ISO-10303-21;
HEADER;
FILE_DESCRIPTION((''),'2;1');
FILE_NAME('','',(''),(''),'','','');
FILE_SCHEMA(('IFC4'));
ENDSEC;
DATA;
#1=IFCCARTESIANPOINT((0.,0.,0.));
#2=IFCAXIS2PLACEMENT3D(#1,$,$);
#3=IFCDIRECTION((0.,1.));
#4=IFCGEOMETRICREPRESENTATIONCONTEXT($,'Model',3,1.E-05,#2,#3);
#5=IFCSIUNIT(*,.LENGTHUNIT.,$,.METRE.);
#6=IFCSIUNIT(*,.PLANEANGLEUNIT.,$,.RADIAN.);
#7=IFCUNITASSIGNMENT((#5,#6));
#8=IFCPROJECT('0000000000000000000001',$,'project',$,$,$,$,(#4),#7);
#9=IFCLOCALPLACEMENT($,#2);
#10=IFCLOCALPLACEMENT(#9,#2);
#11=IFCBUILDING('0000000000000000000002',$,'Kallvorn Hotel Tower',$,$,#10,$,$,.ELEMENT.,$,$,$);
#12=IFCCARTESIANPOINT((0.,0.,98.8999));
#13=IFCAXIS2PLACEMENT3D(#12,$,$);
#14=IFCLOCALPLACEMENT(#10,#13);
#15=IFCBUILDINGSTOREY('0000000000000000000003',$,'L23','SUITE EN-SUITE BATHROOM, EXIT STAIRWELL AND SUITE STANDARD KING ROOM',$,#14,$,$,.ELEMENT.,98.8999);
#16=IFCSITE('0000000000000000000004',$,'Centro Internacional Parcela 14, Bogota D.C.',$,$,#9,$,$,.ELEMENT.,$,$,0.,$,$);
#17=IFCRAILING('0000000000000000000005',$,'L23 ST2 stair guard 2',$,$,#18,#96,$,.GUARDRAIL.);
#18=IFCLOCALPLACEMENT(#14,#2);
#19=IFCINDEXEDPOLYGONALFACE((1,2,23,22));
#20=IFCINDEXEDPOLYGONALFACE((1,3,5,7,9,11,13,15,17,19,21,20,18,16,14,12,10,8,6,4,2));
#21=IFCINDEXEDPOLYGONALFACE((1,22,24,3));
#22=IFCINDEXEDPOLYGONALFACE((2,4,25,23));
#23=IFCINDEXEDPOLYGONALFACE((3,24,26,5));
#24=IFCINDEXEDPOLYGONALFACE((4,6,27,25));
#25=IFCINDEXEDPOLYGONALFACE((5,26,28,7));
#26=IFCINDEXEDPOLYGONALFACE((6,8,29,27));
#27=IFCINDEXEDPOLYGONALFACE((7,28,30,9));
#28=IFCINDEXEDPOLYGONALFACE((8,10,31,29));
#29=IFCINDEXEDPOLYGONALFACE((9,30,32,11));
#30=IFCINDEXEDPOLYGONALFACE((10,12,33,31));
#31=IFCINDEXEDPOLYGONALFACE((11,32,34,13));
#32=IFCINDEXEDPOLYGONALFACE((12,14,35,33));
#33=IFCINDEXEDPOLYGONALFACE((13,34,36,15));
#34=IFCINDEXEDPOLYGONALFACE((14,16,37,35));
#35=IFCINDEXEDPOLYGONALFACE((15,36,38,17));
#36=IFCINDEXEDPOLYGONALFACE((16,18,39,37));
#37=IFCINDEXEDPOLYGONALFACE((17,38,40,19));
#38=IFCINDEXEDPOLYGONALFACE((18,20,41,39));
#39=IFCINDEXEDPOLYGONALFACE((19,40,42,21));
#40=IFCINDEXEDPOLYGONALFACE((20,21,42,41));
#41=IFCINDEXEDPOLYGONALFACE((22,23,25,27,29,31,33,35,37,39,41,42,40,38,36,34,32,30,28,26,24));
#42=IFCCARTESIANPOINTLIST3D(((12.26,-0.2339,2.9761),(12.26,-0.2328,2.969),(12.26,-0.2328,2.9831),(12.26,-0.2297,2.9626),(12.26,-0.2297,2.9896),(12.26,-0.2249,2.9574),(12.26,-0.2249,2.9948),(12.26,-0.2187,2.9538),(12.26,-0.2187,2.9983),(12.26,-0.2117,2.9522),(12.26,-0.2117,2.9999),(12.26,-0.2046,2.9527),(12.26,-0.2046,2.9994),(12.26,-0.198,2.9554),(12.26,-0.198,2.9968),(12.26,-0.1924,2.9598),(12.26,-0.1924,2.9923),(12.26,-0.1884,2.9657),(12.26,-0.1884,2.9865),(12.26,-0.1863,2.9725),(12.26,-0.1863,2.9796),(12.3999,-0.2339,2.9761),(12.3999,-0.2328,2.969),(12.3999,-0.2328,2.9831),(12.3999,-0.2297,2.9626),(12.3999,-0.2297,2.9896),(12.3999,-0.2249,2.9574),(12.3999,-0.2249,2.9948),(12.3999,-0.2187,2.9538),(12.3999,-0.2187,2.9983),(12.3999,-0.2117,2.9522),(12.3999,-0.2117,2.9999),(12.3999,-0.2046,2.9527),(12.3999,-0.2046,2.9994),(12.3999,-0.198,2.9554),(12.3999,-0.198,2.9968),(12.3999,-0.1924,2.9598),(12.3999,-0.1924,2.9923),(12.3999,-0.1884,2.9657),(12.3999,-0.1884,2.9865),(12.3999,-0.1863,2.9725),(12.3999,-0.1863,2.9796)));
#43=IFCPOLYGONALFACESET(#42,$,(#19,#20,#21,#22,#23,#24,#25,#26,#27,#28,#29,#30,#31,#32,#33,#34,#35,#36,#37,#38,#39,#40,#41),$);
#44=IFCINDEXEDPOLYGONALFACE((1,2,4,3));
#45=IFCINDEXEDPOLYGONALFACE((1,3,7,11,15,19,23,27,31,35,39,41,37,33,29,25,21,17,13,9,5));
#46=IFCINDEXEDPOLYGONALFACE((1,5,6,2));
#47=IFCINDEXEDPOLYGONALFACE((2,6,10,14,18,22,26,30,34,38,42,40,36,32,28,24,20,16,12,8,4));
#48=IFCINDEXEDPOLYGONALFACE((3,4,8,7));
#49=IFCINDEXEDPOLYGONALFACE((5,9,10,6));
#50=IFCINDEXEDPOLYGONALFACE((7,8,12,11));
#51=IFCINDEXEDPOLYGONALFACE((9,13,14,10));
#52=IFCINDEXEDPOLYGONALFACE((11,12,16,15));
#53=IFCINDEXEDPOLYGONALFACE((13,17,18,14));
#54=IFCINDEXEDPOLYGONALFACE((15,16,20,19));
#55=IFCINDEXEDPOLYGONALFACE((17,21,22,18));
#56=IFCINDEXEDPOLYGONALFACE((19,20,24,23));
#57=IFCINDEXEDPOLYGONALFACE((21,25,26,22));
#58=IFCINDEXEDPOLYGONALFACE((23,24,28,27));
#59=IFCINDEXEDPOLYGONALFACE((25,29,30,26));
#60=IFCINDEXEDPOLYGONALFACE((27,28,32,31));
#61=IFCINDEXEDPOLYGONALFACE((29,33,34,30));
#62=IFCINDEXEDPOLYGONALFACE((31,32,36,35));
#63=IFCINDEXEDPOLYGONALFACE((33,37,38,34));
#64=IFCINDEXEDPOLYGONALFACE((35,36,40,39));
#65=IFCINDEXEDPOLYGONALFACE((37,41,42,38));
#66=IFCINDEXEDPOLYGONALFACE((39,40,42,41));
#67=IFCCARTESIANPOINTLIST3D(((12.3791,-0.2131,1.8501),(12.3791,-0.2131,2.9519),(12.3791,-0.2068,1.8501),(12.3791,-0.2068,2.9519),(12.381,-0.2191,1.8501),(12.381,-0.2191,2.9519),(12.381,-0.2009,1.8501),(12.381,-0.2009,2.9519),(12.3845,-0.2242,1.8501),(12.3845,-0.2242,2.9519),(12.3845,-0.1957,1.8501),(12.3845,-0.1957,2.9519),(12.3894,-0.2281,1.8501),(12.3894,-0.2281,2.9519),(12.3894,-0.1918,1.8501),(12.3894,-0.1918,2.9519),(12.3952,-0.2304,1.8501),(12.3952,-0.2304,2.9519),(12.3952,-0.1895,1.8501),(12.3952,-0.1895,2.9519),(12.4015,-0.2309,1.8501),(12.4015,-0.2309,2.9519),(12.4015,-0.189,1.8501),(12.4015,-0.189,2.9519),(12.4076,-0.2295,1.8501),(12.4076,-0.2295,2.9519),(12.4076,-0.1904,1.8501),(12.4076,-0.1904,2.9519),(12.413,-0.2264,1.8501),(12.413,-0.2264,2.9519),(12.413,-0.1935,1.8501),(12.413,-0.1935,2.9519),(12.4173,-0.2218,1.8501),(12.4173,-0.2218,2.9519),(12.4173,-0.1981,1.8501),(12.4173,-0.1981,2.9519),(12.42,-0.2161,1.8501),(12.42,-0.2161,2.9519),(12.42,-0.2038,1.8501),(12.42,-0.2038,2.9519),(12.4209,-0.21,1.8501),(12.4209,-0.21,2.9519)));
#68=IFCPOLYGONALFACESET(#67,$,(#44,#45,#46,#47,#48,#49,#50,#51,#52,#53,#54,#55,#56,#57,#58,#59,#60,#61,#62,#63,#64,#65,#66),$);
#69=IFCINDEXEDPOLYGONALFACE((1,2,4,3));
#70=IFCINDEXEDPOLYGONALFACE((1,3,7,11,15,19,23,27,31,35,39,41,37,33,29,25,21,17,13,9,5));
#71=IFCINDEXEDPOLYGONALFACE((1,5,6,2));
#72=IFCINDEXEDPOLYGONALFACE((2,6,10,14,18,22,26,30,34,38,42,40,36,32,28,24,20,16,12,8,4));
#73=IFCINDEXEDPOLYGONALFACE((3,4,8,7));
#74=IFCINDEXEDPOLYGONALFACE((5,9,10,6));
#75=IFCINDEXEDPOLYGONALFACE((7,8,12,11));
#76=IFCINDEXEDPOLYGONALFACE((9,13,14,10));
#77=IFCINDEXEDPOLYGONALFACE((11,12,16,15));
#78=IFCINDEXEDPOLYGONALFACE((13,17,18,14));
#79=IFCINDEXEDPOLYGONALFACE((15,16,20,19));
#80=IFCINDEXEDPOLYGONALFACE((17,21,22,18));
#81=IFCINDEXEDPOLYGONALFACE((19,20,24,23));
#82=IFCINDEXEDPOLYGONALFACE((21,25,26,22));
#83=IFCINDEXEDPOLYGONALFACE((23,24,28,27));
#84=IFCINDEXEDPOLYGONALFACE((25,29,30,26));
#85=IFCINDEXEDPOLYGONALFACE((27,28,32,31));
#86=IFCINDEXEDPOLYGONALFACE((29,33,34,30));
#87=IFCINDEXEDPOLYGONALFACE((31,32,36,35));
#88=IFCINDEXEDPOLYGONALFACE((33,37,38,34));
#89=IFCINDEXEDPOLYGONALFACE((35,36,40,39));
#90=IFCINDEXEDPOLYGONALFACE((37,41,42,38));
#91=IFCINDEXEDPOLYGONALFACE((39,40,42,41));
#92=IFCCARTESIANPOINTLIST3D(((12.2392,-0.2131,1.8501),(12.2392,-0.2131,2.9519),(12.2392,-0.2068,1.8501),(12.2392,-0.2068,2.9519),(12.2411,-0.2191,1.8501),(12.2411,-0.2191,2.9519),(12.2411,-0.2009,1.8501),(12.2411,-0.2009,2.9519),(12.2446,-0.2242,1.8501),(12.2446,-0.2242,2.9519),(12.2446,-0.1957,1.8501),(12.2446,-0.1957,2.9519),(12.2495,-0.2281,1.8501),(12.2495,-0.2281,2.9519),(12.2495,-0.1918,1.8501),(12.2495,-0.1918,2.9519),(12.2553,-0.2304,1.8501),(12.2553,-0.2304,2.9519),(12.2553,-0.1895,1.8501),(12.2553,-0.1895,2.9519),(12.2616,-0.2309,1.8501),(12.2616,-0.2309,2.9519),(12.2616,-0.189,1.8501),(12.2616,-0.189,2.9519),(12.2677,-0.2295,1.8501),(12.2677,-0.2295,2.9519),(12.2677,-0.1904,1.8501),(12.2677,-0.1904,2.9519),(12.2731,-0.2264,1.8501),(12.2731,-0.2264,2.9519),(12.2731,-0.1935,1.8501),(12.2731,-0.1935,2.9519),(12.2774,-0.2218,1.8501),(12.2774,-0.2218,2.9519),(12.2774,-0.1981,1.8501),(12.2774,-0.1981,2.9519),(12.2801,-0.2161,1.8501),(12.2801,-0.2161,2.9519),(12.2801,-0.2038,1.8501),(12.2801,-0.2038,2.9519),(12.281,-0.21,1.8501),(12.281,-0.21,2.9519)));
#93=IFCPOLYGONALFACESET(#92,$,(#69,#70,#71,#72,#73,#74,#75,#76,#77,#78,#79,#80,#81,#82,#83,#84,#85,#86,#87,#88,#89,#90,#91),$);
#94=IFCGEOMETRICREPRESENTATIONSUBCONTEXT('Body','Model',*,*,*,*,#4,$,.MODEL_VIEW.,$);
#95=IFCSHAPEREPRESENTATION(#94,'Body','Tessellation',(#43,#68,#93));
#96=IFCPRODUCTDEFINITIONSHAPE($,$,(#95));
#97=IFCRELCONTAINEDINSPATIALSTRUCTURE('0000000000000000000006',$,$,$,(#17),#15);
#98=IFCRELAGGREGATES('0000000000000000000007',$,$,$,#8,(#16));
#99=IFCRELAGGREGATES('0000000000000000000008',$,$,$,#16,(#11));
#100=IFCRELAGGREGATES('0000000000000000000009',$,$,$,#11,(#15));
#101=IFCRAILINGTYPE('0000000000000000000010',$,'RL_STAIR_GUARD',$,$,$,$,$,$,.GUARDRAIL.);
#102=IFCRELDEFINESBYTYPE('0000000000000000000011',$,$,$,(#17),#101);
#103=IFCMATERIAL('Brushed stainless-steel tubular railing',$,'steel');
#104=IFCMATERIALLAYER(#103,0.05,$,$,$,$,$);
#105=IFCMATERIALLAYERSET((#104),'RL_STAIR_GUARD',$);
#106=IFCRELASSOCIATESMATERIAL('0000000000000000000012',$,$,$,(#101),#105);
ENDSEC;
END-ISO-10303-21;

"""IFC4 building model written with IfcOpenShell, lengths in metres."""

from ifc_helpers import new_model, si_unit, direction, frame, origin, origin_2d, place, context, subcontext, project, spatial, circle, extrude, material, layer, layer_set, type_object, element, save


model = new_model("IFC4")

# Units and contexts
model_context = context("Model", 3, precision=1e-05, world=origin(), true_north=direction((0.0, 1.0)))
body_context = subcontext(model_context, "Body", "Model", "MODEL_VIEW")
ifc_project = project(units=[si_unit("LENGTHUNIT", "METRE"), si_unit("PLANEANGLEUNIT", "RADIAN")], contexts=[model_context])

# Site, building, storey
site_placement = place(None, origin())
site = spatial("IfcSite", under=ifc_project, at=site_placement, Name="Centro Internacional Parcela 14, Bogota D.C.", CompositionType="ELEMENT", RefElevation=0.0)
building_placement = place(site_placement, origin())
building = spatial("IfcBuilding", under=site, at=building_placement, Name="Kallvorn Hotel Tower", CompositionType="ELEMENT")
storey_placement = place(building_placement, frame((0.0, 0.0, 98.8999)))
storey = spatial("IfcBuildingStorey", under=building, at=storey_placement, Name="L23", Description="SUITE EN-SUITE BATHROOM, EXIT STAIRWELL AND SUITE STANDARD KING ROOM", CompositionType="ELEMENT", Elevation=98.8999)

# Railing
ifc_material_1 = material(Name="Brushed stainless-steel tubular railing", Category="steel")
ifc_layer_1 = layer(ifc_material_1, 0.05)
ifc_layer_set_1 = layer_set([ifc_layer_1], Name="RL_STAIR_GUARD")
railing_type_1 = type_object("IfcRailingType", Name="RL_STAIR_GUARD", PredefinedType="GUARDRAIL", material=ifc_layer_set_1)
railing_1_placement = place(storey_placement, frame((12.3999, -0.21, 1.8501)))
element("IfcRailing", 1, at=railing_1_placement, inside=storey, type_object=railing_type_1, Name="L23 ST2 stair guard 2", PredefinedType="GUARDRAIL", context=body_context, shape_type="SweptSolid", body=[
    extrude(circle(Radius=0.0239, at=origin_2d()), frame((0.0, 0.0, 1.126), z_axis=(-1.0, 0.0, 0.0), x_axis=(0.0, -1.0, 0.0)), (0.0, 0.0, 1.0), 0.1399),
    extrude(circle(Radius=0.021, at=origin_2d()), origin(), (0.0, 0.0, 1.0), 1.1018),
    extrude(circle(Radius=0.021, at=origin_2d()), frame((-0.1399, 0.0, 0.0)), (0.0, 0.0, 1.0), 1.1018),
])

save(model, "model.ifc")
